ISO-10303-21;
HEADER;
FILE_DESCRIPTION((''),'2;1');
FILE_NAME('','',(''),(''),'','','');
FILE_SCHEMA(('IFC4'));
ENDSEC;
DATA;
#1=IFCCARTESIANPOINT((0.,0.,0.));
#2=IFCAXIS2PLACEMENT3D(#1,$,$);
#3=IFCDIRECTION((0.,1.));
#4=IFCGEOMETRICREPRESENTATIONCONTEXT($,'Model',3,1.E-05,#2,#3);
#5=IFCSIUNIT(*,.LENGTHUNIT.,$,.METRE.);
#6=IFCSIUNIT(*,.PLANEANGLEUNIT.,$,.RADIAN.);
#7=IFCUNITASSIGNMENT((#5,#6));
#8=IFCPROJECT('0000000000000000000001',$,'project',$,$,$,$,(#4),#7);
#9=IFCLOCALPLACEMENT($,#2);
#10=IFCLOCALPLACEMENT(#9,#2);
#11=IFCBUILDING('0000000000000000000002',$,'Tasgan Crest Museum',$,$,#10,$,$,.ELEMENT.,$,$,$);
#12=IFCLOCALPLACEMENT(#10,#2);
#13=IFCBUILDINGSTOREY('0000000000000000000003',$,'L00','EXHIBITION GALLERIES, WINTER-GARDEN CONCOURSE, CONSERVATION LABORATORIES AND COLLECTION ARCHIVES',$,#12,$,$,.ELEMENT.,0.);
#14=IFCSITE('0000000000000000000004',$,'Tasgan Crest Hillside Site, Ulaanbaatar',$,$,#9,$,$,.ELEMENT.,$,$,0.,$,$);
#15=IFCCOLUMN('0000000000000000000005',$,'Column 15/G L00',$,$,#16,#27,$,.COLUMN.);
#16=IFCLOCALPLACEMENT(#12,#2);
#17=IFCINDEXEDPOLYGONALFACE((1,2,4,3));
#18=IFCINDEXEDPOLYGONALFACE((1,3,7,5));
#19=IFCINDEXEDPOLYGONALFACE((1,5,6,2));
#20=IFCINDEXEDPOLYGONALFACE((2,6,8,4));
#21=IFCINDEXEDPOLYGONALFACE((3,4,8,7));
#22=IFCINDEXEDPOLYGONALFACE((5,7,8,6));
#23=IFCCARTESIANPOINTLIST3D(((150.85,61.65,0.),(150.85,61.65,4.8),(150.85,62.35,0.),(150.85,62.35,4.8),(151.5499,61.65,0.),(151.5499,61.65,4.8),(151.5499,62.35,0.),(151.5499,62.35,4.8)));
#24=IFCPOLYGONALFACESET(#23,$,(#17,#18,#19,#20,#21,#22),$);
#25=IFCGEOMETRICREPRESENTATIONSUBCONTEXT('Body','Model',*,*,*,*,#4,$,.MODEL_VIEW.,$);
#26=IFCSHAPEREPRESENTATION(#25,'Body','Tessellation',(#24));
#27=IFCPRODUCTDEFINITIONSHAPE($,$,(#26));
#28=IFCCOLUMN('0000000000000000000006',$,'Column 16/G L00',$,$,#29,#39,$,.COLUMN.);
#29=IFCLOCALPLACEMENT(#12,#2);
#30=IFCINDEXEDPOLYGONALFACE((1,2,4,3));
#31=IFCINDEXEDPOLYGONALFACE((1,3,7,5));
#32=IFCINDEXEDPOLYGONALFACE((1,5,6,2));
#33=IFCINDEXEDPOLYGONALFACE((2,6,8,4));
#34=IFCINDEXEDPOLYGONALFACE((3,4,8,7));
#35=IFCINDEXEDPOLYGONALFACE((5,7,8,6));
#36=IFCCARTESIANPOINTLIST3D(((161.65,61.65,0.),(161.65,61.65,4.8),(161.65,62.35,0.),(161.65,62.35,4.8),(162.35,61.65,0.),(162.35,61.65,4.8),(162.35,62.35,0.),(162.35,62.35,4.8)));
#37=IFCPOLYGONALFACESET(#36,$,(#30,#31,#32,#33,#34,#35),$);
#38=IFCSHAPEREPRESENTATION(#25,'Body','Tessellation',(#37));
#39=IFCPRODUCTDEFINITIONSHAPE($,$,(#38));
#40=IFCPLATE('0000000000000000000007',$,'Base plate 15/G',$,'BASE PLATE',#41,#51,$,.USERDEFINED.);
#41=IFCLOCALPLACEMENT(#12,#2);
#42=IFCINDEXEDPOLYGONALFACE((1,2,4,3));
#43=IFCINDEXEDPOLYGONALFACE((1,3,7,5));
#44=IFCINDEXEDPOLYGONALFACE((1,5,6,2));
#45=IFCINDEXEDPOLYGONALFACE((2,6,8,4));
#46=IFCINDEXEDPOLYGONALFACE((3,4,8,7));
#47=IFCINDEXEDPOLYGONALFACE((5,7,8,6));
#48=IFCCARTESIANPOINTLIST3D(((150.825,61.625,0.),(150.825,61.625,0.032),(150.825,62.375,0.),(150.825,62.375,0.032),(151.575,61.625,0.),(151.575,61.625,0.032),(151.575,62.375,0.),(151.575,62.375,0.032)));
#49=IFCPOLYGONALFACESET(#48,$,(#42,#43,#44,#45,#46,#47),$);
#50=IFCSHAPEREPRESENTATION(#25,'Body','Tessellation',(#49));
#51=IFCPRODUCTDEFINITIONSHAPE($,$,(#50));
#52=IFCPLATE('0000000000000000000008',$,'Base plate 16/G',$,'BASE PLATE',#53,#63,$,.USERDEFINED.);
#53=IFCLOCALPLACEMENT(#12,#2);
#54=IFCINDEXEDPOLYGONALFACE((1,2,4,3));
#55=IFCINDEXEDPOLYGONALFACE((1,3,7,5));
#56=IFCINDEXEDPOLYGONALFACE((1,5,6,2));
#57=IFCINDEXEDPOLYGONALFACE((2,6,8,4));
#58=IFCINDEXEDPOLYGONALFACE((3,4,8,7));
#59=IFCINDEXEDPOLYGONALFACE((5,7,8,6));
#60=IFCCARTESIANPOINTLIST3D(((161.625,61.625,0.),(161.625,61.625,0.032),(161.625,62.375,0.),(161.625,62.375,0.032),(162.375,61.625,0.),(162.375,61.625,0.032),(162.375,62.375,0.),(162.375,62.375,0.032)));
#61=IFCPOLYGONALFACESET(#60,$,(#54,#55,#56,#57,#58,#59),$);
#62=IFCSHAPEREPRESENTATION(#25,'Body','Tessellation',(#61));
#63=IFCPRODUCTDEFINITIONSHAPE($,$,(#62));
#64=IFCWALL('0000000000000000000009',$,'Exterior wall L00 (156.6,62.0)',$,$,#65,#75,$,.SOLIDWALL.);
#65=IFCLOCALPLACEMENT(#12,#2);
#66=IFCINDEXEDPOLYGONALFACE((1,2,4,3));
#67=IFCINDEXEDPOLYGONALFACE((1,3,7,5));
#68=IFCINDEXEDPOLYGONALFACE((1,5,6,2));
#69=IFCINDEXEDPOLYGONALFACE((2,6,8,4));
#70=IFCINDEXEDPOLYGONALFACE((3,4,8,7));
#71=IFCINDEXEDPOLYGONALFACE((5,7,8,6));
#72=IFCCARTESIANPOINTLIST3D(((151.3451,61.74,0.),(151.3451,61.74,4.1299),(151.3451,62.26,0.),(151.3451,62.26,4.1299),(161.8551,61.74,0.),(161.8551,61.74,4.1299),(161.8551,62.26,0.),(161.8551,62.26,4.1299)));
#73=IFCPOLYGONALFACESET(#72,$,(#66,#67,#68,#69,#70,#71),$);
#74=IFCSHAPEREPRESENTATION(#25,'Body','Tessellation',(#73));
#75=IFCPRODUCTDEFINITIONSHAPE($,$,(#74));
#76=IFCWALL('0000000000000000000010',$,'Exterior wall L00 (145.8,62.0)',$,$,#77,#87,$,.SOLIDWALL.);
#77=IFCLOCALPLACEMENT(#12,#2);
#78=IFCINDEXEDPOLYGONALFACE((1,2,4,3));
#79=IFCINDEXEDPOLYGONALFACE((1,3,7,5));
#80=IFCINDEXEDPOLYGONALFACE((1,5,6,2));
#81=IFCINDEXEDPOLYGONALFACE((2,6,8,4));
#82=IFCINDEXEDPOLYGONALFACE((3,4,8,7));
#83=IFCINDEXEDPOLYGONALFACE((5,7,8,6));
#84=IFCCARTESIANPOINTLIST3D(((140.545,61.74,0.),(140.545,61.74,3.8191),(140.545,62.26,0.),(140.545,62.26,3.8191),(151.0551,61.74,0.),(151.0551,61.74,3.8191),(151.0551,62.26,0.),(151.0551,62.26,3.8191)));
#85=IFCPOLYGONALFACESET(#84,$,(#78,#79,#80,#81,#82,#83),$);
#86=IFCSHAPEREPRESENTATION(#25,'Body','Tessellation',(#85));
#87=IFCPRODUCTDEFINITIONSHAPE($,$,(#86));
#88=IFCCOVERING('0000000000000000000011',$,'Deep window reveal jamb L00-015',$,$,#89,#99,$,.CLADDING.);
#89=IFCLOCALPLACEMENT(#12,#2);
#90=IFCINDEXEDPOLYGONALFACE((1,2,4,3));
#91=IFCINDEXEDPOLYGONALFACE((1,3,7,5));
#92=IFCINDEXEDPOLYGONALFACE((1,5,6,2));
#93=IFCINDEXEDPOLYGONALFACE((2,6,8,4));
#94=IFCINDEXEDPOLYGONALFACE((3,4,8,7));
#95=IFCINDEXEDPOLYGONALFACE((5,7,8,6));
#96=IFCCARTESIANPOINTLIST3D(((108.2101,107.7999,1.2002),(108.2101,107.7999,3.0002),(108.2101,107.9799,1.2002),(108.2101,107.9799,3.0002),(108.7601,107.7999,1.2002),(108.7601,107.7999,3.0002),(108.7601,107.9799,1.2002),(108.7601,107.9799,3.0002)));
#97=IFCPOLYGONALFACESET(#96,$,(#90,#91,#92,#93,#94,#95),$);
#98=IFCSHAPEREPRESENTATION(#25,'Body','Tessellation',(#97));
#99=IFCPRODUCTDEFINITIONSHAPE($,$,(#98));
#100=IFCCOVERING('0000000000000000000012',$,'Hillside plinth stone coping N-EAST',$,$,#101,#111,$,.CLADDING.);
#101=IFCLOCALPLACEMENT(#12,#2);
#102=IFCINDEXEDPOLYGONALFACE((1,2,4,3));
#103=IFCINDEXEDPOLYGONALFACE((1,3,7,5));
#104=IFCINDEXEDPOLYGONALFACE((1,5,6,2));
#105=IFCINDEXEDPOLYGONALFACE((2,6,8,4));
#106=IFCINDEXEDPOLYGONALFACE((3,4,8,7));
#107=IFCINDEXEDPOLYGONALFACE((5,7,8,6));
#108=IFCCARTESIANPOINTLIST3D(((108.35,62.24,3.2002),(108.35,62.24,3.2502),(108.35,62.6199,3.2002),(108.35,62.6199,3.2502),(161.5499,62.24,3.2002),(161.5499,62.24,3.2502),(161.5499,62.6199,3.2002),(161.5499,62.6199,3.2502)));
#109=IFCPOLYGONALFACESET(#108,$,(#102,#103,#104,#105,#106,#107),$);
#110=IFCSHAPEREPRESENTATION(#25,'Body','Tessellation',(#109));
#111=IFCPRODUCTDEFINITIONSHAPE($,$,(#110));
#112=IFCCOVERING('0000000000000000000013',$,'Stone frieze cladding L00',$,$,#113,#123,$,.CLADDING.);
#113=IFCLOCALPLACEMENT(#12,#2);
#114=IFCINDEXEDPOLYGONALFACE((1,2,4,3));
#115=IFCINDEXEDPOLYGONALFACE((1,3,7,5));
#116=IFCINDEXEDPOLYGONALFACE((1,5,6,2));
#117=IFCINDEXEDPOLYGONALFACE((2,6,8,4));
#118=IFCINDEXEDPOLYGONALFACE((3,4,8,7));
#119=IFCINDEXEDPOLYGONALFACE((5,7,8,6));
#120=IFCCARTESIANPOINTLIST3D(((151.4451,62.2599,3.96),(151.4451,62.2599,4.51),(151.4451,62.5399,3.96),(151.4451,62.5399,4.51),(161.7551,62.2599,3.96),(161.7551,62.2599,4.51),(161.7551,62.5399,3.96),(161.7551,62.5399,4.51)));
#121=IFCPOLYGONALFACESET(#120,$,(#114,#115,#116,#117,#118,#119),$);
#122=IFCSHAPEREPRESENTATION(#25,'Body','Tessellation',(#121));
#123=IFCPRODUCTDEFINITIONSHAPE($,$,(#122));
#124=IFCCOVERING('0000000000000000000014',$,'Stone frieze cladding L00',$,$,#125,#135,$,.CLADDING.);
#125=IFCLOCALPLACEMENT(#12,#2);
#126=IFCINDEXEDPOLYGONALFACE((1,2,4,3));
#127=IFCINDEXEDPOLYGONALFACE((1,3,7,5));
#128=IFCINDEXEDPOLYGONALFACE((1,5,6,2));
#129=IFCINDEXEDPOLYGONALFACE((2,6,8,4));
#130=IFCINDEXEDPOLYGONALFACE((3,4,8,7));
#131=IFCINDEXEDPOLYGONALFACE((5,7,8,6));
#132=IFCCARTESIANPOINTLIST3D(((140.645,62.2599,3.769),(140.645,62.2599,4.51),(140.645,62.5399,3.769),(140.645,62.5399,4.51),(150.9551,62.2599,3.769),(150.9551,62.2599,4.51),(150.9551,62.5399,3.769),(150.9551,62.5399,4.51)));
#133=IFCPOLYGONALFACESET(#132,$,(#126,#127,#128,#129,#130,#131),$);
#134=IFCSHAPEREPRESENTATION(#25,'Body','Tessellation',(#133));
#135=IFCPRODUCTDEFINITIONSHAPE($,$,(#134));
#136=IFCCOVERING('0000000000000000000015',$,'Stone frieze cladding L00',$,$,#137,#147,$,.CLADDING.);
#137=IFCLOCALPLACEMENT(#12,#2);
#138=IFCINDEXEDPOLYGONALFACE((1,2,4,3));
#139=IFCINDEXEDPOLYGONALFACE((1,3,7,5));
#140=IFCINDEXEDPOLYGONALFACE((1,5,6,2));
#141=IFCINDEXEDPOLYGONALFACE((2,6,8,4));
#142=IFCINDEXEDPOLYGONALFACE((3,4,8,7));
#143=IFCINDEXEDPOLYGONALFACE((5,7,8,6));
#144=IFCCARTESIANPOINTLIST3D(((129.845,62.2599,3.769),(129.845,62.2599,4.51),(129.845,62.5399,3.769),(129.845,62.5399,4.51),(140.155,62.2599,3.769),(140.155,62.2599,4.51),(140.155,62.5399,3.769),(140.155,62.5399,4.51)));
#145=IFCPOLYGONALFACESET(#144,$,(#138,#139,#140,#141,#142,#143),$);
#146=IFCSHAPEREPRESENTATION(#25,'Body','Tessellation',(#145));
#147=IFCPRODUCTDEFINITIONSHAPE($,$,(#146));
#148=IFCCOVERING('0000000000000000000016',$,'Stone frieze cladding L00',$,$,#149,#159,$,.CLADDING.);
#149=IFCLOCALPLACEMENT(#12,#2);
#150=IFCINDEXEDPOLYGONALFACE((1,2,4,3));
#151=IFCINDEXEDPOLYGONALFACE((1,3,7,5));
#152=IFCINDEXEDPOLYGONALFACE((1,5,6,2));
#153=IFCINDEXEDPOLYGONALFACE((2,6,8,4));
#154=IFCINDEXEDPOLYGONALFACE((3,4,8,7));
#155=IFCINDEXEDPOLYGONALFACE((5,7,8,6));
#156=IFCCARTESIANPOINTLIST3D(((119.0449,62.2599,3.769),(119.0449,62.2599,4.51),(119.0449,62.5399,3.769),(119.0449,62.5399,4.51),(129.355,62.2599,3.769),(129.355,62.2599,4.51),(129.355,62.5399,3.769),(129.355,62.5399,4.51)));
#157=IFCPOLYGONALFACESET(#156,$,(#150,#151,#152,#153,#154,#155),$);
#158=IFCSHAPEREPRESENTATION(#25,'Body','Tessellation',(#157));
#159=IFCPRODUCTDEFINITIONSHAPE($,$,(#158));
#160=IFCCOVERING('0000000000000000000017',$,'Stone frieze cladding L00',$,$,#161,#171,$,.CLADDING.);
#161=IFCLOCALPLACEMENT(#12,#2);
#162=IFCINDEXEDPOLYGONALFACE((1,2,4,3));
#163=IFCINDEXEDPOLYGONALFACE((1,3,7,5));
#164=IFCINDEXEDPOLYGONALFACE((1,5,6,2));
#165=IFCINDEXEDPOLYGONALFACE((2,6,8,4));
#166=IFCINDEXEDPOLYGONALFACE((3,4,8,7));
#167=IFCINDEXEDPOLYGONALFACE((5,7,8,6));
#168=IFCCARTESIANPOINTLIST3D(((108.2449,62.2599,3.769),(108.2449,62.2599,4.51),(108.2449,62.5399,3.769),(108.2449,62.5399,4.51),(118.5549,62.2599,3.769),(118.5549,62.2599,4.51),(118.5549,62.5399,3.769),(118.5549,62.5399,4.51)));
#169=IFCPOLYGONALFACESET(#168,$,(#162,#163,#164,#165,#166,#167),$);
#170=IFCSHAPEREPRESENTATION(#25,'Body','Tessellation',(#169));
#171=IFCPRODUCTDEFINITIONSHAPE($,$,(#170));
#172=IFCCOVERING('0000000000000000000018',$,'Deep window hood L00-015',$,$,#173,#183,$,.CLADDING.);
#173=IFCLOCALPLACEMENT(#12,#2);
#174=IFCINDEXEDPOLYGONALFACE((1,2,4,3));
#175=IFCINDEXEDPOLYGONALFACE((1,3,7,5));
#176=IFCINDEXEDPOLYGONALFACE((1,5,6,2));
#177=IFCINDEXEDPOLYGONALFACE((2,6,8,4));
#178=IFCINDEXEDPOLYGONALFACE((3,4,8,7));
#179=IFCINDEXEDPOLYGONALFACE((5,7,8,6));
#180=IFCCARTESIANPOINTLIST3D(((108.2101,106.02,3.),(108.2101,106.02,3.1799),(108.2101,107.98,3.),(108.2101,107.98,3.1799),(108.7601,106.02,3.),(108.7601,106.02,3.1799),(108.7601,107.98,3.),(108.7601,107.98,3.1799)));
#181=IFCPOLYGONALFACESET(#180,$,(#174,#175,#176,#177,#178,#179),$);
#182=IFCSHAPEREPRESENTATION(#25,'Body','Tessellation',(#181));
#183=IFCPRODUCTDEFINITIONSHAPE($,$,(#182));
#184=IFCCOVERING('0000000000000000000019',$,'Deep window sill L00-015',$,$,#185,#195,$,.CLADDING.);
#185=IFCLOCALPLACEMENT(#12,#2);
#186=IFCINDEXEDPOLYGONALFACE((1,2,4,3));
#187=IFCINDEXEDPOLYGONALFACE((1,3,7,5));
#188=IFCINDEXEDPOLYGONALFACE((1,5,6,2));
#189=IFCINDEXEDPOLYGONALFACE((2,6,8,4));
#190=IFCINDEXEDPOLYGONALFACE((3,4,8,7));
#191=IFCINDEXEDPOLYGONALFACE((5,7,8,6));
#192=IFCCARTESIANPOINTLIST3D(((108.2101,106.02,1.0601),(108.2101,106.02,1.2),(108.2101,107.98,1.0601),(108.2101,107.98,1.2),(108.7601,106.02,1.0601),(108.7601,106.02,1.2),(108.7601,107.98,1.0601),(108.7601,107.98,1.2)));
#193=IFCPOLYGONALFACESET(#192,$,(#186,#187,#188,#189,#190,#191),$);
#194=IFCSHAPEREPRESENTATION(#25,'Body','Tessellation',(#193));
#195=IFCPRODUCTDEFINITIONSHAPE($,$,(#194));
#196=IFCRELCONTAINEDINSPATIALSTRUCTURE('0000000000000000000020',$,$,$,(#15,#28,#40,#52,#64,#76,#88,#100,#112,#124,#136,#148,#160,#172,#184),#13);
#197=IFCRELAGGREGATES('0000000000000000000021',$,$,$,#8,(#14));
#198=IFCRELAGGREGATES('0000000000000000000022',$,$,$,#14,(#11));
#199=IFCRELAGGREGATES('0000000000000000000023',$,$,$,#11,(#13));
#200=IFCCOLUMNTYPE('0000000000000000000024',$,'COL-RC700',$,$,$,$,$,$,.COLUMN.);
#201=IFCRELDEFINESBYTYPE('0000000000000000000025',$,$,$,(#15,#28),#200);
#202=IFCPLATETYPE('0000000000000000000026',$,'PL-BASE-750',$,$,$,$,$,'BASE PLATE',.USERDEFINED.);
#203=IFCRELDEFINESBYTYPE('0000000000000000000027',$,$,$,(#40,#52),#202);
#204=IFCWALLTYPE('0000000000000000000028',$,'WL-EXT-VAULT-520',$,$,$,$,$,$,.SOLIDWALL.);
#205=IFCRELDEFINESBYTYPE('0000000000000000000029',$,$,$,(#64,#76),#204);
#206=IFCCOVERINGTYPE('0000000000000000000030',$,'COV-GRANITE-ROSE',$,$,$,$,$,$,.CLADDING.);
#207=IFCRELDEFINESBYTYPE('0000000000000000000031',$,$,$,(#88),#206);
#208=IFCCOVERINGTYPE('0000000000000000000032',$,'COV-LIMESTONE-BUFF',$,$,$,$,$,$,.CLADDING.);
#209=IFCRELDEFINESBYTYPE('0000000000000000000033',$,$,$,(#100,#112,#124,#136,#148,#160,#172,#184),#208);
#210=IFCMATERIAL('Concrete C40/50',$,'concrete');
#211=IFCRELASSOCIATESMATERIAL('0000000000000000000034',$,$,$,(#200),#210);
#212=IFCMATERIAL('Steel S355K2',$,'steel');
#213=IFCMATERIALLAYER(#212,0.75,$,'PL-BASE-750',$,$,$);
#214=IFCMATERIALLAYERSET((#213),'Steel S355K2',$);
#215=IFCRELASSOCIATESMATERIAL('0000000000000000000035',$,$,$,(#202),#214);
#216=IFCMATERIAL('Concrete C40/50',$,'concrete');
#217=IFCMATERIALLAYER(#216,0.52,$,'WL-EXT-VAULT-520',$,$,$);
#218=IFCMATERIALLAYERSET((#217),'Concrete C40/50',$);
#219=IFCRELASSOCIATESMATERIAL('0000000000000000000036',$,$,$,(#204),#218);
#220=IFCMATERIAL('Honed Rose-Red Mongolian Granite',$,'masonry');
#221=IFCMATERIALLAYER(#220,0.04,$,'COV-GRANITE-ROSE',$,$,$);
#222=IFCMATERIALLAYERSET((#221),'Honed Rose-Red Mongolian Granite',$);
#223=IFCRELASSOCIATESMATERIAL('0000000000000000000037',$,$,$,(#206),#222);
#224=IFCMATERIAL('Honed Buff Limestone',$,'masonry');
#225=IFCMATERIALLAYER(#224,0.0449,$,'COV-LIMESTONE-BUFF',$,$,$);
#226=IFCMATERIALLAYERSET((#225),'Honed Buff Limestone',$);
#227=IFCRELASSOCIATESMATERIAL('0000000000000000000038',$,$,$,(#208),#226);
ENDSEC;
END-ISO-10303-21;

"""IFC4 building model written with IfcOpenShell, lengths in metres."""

from ifc_helpers import new_model, si_unit, direction, frame, frame_2d, origin, origin_2d, place, context, subcontext, project, spatial, rectangle, extrude, material, layer, layer_set, material_profile, profile_set, type_object, element, save


model = new_model("IFC4")

# Units and contexts
model_context = context("Model", 3, precision=1e-05, world=origin(), true_north=direction((0.0, 1.0)))
body_context = subcontext(model_context, "Body", "Model", "MODEL_VIEW")
ifc_project = project(units=[si_unit("LENGTHUNIT", "METRE"), si_unit("PLANEANGLEUNIT", "RADIAN")], contexts=[model_context])

# Site, building, storey
site_placement = place(None, origin())
site = spatial("IfcSite", under=ifc_project, at=site_placement, Name="Tasgan Crest Hillside Site, Ulaanbaatar", CompositionType="ELEMENT", RefElevation=0.0)
building_placement = place(site_placement, origin())
building = spatial("IfcBuilding", under=site, at=building_placement, Name="Tasgan Crest Museum", CompositionType="ELEMENT")
storey_placement = place(building_placement, origin())
storey = spatial("IfcBuildingStorey", under=building, at=storey_placement, Name="L00", Description="EXHIBITION GALLERIES, WINTER-GARDEN CONCOURSE, CONSERVATION LABORATORIES AND COLLECTION ARCHIVES", CompositionType="ELEMENT", Elevation=0.0)

# Columns
ifc_material_1 = material(Name="Concrete C40/50", Category="concrete")
ifc_material_profile_1 = material_profile(ifc_material_1, rectangle(XDim=0.7, YDim=0.7, at=origin_2d()), Name="RC 700x700")
ifc_profile_set_1 = profile_set([ifc_material_profile_1], Name="Concrete C40/50")
column_type = type_object("IfcColumnType", Name="COL-RC700", PredefinedType="COLUMN", material=ifc_profile_set_1)
for number, where, z_axis, x_axis, name in (
    (1, (151.2, 62.0, 0.0), (0.0, 0.0, 1.0), (1.0, 0.0, 0.0), "Column 15/G L00"),
    (2, (162.0, 62.0, 0.0), (0.0, 0.0, 1.0), (1.0, 0.0, 0.0), "Column 16/G L00"),
):
    element("IfcColumn", number, at=place(storey_placement, frame(where, z_axis=z_axis, x_axis=x_axis)), inside=storey, type_object=column_type, Name=name, PredefinedType="COLUMN", context=body_context, shape_type="SweptSolid", body=[
        extrude(rectangle(XDim=0.7, YDim=0.7, at=origin_2d()), origin(), (0.0, 0.0, 1.0), 4.8),
    ])

# Plates
ifc_material_2 = material(Name="Steel S355K2", Category="steel")
ifc_layer_1 = layer(ifc_material_2, 0.75, Name="PL-BASE-750")
ifc_layer_set_1 = layer_set([ifc_layer_1], Name="Steel S355K2")
plate_type = type_object("IfcPlateType", Name="PL-BASE-750", ElementType="BASE PLATE", PredefinedType="USERDEFINED", material=ifc_layer_set_1)
for number, where, z_axis, x_axis, name in (
    (3, (151.2, 62.0, 0.0), (0.0, 0.0, 1.0), (1.0, 0.0, 0.0), "Base plate 15/G"),
    (4, (162.0, 62.0, 0.0), (0.0, 0.0, 1.0), (1.0, 0.0, 0.0), "Base plate 16/G"),
):
    element("IfcPlate", number, at=place(storey_placement, frame(where, z_axis=z_axis, x_axis=x_axis)), inside=storey, type_object=plate_type, Name=name, ObjectType="BASE PLATE", PredefinedType="USERDEFINED", context=body_context, shape_type="SweptSolid", body=[
        extrude(rectangle(XDim=0.75, YDim=0.75, at=origin_2d()), origin(), (0.0, 0.0, 1.0), 0.032),
    ])

# Walls
ifc_material_3 = material(Name="Concrete C40/50", Category="concrete")
ifc_layer_2 = layer(ifc_material_3, 0.52, Name="WL-EXT-VAULT-520")
ifc_layer_set_2 = layer_set([ifc_layer_2], Name="Concrete C40/50")
wall_type = type_object("IfcWallType", Name="WL-EXT-VAULT-520", PredefinedType="SOLIDWALL", material=ifc_layer_set_2)
wall_1_placement = place(storey_placement, frame((161.855, 62.0, 0.0), z_axis=(0.0, 0.0, 1.0), x_axis=(-1.0, 0.0, 0.0)))
element("IfcWall", 5, at=wall_1_placement, inside=storey, type_object=wall_type, Name="Exterior wall L00 (156.6,62.0)", PredefinedType="SOLIDWALL", context=body_context, shape_type="SweptSolid", body=[
    extrude(rectangle(XDim=10.51, YDim=0.52, at=frame_2d((5.2549, 0.0))), origin(), (0.0, 0.0, 1.0), 4.1299),
])
wall_2_placement = place(storey_placement, frame((151.0549, 62.0, 0.0), z_axis=(0.0, 0.0, 1.0), x_axis=(-1.0, 0.0, 0.0)))
element("IfcWall", 6, at=wall_2_placement, inside=storey, type_object=wall_type, Name="Exterior wall L00 (145.8,62.0)", PredefinedType="SOLIDWALL", context=body_context, shape_type="SweptSolid", body=[
    extrude(rectangle(XDim=10.51, YDim=0.52, at=frame_2d((5.2549, 0.0))), origin(), (0.0, 0.0, 1.0), 3.8191),
])

# Coverings
ifc_material_4 = material(Name="Honed Rose-Red Mongolian Granite", Category="masonry")
ifc_layer_3 = layer(ifc_material_4, 0.04, Name="COV-GRANITE-ROSE")
ifc_layer_set_3 = layer_set([ifc_layer_3], Name="Honed Rose-Red Mongolian Granite")
covering_type_1 = type_object("IfcCoveringType", Name="COV-GRANITE-ROSE", PredefinedType="CLADDING", material=ifc_layer_set_3)
covering_1_placement = place(storey_placement, frame((108.4851, 107.8899, 1.2002), z_axis=(0.0, 0.0, 1.0), x_axis=(0.0, 1.0, 0.0)))
element("IfcCovering", 7, at=covering_1_placement, inside=storey, type_object=covering_type_1, Name="Deep window reveal jamb L00-015", PredefinedType="CLADDING", context=body_context, shape_type="SweptSolid", body=[
    extrude(rectangle(XDim=0.1799, YDim=0.55, at=origin_2d()), origin(), (0.0, 0.0, 1.0), 1.8),
])
ifc_material_5 = material(Name="Honed Buff Limestone", Category="masonry")
ifc_layer_4 = layer(ifc_material_5, 0.0449, Name="COV-LIMESTONE-BUFF")
ifc_layer_set_4 = layer_set([ifc_layer_4], Name="Honed Buff Limestone")
covering_type_2 = type_object("IfcCoveringType", Name="COV-LIMESTONE-BUFF", PredefinedType="CLADDING", material=ifc_layer_set_4)
covering_2_placement = place(storey_placement, frame((134.95, 62.4299, 3.2002), z_axis=(0.0, 0.0, 1.0), x_axis=(1.0, 0.0, 0.0)))
element("IfcCovering", 8, at=covering_2_placement, inside=storey, type_object=covering_type_2, Name="Hillside plinth stone coping N-EAST", PredefinedType="CLADDING", context=body_context, shape_type="SweptSolid", body=[
    extrude(rectangle(XDim=53.2, YDim=0.3799, at=origin_2d()), origin(), (0.0, 0.0, 1.0), 0.05),
])
covering_3_placement = place(storey_placement, frame((156.6001, 62.3999, 3.96), z_axis=(0.0, 0.0, 1.0), x_axis=(-1.0, 0.0, 0.0)))
element("IfcCovering", 9, at=covering_3_placement, inside=storey, type_object=covering_type_2, Name="Stone frieze cladding L00", PredefinedType="CLADDING", context=body_context, shape_type="SweptSolid", body=[
    extrude(rectangle(XDim=10.3101, YDim=0.28, at=origin_2d()), origin(), (0.0, 0.0, 1.0), 0.55),
])
for number, where, z_axis, x_axis, name in (
    (10, (145.8, 62.3999, 3.769), (0.0, 0.0, 1.0), (-1.0, 0.0, 0.0), "Stone frieze cladding L00"),
    (11, (135.0, 62.3999, 3.769), (0.0, 0.0, 1.0), (-1.0, 0.0, 0.0), "Stone frieze cladding L00"),
    (12, (124.2, 62.3999, 3.769), (0.0, 0.0, 1.0), (-1.0, 0.0, 0.0), "Stone frieze cladding L00"),
    (13, (113.3999, 62.3999, 3.769), (0.0, 0.0, 1.0), (-1.0, 0.0, 0.0), "Stone frieze cladding L00"),
):
    element("IfcCovering", number, at=place(storey_placement, frame(where, z_axis=z_axis, x_axis=x_axis)), inside=storey, type_object=covering_type_2, Name=name, PredefinedType="CLADDING", context=body_context, shape_type="SweptSolid", body=[
        extrude(rectangle(XDim=10.3101, YDim=0.28, at=origin_2d()), origin(), (0.0, 0.0, 1.0), 0.741),
    ])
covering_4_placement = place(storey_placement, frame((108.4851, 107.0, 3.0), z_axis=(0.0, 0.0, 1.0), x_axis=(0.0, 1.0, 0.0)))
element("IfcCovering", 14, at=covering_4_placement, inside=storey, type_object=covering_type_2, Name="Deep window hood L00-015", PredefinedType="CLADDING", context=body_context, shape_type="SweptSolid", body=[
    extrude(rectangle(XDim=1.96, YDim=0.55, at=origin_2d()), origin(), (0.0, 0.0, 1.0), 0.1799),
])
covering_5_placement = place(storey_placement, frame((108.4851, 107.0, 1.0601), z_axis=(0.0, 0.0, 1.0), x_axis=(0.0, 1.0, 0.0)))
element("IfcCovering", 15, at=covering_5_placement, inside=storey, type_object=covering_type_2, Name="Deep window sill L00-015", PredefinedType="CLADDING", context=body_context, shape_type="SweptSolid", body=[
    extrude(rectangle(XDim=1.96, YDim=0.55, at=origin_2d()), origin(), (0.0, 0.0, 1.0), 0.1399),
])

save(model, "model.ifc")
